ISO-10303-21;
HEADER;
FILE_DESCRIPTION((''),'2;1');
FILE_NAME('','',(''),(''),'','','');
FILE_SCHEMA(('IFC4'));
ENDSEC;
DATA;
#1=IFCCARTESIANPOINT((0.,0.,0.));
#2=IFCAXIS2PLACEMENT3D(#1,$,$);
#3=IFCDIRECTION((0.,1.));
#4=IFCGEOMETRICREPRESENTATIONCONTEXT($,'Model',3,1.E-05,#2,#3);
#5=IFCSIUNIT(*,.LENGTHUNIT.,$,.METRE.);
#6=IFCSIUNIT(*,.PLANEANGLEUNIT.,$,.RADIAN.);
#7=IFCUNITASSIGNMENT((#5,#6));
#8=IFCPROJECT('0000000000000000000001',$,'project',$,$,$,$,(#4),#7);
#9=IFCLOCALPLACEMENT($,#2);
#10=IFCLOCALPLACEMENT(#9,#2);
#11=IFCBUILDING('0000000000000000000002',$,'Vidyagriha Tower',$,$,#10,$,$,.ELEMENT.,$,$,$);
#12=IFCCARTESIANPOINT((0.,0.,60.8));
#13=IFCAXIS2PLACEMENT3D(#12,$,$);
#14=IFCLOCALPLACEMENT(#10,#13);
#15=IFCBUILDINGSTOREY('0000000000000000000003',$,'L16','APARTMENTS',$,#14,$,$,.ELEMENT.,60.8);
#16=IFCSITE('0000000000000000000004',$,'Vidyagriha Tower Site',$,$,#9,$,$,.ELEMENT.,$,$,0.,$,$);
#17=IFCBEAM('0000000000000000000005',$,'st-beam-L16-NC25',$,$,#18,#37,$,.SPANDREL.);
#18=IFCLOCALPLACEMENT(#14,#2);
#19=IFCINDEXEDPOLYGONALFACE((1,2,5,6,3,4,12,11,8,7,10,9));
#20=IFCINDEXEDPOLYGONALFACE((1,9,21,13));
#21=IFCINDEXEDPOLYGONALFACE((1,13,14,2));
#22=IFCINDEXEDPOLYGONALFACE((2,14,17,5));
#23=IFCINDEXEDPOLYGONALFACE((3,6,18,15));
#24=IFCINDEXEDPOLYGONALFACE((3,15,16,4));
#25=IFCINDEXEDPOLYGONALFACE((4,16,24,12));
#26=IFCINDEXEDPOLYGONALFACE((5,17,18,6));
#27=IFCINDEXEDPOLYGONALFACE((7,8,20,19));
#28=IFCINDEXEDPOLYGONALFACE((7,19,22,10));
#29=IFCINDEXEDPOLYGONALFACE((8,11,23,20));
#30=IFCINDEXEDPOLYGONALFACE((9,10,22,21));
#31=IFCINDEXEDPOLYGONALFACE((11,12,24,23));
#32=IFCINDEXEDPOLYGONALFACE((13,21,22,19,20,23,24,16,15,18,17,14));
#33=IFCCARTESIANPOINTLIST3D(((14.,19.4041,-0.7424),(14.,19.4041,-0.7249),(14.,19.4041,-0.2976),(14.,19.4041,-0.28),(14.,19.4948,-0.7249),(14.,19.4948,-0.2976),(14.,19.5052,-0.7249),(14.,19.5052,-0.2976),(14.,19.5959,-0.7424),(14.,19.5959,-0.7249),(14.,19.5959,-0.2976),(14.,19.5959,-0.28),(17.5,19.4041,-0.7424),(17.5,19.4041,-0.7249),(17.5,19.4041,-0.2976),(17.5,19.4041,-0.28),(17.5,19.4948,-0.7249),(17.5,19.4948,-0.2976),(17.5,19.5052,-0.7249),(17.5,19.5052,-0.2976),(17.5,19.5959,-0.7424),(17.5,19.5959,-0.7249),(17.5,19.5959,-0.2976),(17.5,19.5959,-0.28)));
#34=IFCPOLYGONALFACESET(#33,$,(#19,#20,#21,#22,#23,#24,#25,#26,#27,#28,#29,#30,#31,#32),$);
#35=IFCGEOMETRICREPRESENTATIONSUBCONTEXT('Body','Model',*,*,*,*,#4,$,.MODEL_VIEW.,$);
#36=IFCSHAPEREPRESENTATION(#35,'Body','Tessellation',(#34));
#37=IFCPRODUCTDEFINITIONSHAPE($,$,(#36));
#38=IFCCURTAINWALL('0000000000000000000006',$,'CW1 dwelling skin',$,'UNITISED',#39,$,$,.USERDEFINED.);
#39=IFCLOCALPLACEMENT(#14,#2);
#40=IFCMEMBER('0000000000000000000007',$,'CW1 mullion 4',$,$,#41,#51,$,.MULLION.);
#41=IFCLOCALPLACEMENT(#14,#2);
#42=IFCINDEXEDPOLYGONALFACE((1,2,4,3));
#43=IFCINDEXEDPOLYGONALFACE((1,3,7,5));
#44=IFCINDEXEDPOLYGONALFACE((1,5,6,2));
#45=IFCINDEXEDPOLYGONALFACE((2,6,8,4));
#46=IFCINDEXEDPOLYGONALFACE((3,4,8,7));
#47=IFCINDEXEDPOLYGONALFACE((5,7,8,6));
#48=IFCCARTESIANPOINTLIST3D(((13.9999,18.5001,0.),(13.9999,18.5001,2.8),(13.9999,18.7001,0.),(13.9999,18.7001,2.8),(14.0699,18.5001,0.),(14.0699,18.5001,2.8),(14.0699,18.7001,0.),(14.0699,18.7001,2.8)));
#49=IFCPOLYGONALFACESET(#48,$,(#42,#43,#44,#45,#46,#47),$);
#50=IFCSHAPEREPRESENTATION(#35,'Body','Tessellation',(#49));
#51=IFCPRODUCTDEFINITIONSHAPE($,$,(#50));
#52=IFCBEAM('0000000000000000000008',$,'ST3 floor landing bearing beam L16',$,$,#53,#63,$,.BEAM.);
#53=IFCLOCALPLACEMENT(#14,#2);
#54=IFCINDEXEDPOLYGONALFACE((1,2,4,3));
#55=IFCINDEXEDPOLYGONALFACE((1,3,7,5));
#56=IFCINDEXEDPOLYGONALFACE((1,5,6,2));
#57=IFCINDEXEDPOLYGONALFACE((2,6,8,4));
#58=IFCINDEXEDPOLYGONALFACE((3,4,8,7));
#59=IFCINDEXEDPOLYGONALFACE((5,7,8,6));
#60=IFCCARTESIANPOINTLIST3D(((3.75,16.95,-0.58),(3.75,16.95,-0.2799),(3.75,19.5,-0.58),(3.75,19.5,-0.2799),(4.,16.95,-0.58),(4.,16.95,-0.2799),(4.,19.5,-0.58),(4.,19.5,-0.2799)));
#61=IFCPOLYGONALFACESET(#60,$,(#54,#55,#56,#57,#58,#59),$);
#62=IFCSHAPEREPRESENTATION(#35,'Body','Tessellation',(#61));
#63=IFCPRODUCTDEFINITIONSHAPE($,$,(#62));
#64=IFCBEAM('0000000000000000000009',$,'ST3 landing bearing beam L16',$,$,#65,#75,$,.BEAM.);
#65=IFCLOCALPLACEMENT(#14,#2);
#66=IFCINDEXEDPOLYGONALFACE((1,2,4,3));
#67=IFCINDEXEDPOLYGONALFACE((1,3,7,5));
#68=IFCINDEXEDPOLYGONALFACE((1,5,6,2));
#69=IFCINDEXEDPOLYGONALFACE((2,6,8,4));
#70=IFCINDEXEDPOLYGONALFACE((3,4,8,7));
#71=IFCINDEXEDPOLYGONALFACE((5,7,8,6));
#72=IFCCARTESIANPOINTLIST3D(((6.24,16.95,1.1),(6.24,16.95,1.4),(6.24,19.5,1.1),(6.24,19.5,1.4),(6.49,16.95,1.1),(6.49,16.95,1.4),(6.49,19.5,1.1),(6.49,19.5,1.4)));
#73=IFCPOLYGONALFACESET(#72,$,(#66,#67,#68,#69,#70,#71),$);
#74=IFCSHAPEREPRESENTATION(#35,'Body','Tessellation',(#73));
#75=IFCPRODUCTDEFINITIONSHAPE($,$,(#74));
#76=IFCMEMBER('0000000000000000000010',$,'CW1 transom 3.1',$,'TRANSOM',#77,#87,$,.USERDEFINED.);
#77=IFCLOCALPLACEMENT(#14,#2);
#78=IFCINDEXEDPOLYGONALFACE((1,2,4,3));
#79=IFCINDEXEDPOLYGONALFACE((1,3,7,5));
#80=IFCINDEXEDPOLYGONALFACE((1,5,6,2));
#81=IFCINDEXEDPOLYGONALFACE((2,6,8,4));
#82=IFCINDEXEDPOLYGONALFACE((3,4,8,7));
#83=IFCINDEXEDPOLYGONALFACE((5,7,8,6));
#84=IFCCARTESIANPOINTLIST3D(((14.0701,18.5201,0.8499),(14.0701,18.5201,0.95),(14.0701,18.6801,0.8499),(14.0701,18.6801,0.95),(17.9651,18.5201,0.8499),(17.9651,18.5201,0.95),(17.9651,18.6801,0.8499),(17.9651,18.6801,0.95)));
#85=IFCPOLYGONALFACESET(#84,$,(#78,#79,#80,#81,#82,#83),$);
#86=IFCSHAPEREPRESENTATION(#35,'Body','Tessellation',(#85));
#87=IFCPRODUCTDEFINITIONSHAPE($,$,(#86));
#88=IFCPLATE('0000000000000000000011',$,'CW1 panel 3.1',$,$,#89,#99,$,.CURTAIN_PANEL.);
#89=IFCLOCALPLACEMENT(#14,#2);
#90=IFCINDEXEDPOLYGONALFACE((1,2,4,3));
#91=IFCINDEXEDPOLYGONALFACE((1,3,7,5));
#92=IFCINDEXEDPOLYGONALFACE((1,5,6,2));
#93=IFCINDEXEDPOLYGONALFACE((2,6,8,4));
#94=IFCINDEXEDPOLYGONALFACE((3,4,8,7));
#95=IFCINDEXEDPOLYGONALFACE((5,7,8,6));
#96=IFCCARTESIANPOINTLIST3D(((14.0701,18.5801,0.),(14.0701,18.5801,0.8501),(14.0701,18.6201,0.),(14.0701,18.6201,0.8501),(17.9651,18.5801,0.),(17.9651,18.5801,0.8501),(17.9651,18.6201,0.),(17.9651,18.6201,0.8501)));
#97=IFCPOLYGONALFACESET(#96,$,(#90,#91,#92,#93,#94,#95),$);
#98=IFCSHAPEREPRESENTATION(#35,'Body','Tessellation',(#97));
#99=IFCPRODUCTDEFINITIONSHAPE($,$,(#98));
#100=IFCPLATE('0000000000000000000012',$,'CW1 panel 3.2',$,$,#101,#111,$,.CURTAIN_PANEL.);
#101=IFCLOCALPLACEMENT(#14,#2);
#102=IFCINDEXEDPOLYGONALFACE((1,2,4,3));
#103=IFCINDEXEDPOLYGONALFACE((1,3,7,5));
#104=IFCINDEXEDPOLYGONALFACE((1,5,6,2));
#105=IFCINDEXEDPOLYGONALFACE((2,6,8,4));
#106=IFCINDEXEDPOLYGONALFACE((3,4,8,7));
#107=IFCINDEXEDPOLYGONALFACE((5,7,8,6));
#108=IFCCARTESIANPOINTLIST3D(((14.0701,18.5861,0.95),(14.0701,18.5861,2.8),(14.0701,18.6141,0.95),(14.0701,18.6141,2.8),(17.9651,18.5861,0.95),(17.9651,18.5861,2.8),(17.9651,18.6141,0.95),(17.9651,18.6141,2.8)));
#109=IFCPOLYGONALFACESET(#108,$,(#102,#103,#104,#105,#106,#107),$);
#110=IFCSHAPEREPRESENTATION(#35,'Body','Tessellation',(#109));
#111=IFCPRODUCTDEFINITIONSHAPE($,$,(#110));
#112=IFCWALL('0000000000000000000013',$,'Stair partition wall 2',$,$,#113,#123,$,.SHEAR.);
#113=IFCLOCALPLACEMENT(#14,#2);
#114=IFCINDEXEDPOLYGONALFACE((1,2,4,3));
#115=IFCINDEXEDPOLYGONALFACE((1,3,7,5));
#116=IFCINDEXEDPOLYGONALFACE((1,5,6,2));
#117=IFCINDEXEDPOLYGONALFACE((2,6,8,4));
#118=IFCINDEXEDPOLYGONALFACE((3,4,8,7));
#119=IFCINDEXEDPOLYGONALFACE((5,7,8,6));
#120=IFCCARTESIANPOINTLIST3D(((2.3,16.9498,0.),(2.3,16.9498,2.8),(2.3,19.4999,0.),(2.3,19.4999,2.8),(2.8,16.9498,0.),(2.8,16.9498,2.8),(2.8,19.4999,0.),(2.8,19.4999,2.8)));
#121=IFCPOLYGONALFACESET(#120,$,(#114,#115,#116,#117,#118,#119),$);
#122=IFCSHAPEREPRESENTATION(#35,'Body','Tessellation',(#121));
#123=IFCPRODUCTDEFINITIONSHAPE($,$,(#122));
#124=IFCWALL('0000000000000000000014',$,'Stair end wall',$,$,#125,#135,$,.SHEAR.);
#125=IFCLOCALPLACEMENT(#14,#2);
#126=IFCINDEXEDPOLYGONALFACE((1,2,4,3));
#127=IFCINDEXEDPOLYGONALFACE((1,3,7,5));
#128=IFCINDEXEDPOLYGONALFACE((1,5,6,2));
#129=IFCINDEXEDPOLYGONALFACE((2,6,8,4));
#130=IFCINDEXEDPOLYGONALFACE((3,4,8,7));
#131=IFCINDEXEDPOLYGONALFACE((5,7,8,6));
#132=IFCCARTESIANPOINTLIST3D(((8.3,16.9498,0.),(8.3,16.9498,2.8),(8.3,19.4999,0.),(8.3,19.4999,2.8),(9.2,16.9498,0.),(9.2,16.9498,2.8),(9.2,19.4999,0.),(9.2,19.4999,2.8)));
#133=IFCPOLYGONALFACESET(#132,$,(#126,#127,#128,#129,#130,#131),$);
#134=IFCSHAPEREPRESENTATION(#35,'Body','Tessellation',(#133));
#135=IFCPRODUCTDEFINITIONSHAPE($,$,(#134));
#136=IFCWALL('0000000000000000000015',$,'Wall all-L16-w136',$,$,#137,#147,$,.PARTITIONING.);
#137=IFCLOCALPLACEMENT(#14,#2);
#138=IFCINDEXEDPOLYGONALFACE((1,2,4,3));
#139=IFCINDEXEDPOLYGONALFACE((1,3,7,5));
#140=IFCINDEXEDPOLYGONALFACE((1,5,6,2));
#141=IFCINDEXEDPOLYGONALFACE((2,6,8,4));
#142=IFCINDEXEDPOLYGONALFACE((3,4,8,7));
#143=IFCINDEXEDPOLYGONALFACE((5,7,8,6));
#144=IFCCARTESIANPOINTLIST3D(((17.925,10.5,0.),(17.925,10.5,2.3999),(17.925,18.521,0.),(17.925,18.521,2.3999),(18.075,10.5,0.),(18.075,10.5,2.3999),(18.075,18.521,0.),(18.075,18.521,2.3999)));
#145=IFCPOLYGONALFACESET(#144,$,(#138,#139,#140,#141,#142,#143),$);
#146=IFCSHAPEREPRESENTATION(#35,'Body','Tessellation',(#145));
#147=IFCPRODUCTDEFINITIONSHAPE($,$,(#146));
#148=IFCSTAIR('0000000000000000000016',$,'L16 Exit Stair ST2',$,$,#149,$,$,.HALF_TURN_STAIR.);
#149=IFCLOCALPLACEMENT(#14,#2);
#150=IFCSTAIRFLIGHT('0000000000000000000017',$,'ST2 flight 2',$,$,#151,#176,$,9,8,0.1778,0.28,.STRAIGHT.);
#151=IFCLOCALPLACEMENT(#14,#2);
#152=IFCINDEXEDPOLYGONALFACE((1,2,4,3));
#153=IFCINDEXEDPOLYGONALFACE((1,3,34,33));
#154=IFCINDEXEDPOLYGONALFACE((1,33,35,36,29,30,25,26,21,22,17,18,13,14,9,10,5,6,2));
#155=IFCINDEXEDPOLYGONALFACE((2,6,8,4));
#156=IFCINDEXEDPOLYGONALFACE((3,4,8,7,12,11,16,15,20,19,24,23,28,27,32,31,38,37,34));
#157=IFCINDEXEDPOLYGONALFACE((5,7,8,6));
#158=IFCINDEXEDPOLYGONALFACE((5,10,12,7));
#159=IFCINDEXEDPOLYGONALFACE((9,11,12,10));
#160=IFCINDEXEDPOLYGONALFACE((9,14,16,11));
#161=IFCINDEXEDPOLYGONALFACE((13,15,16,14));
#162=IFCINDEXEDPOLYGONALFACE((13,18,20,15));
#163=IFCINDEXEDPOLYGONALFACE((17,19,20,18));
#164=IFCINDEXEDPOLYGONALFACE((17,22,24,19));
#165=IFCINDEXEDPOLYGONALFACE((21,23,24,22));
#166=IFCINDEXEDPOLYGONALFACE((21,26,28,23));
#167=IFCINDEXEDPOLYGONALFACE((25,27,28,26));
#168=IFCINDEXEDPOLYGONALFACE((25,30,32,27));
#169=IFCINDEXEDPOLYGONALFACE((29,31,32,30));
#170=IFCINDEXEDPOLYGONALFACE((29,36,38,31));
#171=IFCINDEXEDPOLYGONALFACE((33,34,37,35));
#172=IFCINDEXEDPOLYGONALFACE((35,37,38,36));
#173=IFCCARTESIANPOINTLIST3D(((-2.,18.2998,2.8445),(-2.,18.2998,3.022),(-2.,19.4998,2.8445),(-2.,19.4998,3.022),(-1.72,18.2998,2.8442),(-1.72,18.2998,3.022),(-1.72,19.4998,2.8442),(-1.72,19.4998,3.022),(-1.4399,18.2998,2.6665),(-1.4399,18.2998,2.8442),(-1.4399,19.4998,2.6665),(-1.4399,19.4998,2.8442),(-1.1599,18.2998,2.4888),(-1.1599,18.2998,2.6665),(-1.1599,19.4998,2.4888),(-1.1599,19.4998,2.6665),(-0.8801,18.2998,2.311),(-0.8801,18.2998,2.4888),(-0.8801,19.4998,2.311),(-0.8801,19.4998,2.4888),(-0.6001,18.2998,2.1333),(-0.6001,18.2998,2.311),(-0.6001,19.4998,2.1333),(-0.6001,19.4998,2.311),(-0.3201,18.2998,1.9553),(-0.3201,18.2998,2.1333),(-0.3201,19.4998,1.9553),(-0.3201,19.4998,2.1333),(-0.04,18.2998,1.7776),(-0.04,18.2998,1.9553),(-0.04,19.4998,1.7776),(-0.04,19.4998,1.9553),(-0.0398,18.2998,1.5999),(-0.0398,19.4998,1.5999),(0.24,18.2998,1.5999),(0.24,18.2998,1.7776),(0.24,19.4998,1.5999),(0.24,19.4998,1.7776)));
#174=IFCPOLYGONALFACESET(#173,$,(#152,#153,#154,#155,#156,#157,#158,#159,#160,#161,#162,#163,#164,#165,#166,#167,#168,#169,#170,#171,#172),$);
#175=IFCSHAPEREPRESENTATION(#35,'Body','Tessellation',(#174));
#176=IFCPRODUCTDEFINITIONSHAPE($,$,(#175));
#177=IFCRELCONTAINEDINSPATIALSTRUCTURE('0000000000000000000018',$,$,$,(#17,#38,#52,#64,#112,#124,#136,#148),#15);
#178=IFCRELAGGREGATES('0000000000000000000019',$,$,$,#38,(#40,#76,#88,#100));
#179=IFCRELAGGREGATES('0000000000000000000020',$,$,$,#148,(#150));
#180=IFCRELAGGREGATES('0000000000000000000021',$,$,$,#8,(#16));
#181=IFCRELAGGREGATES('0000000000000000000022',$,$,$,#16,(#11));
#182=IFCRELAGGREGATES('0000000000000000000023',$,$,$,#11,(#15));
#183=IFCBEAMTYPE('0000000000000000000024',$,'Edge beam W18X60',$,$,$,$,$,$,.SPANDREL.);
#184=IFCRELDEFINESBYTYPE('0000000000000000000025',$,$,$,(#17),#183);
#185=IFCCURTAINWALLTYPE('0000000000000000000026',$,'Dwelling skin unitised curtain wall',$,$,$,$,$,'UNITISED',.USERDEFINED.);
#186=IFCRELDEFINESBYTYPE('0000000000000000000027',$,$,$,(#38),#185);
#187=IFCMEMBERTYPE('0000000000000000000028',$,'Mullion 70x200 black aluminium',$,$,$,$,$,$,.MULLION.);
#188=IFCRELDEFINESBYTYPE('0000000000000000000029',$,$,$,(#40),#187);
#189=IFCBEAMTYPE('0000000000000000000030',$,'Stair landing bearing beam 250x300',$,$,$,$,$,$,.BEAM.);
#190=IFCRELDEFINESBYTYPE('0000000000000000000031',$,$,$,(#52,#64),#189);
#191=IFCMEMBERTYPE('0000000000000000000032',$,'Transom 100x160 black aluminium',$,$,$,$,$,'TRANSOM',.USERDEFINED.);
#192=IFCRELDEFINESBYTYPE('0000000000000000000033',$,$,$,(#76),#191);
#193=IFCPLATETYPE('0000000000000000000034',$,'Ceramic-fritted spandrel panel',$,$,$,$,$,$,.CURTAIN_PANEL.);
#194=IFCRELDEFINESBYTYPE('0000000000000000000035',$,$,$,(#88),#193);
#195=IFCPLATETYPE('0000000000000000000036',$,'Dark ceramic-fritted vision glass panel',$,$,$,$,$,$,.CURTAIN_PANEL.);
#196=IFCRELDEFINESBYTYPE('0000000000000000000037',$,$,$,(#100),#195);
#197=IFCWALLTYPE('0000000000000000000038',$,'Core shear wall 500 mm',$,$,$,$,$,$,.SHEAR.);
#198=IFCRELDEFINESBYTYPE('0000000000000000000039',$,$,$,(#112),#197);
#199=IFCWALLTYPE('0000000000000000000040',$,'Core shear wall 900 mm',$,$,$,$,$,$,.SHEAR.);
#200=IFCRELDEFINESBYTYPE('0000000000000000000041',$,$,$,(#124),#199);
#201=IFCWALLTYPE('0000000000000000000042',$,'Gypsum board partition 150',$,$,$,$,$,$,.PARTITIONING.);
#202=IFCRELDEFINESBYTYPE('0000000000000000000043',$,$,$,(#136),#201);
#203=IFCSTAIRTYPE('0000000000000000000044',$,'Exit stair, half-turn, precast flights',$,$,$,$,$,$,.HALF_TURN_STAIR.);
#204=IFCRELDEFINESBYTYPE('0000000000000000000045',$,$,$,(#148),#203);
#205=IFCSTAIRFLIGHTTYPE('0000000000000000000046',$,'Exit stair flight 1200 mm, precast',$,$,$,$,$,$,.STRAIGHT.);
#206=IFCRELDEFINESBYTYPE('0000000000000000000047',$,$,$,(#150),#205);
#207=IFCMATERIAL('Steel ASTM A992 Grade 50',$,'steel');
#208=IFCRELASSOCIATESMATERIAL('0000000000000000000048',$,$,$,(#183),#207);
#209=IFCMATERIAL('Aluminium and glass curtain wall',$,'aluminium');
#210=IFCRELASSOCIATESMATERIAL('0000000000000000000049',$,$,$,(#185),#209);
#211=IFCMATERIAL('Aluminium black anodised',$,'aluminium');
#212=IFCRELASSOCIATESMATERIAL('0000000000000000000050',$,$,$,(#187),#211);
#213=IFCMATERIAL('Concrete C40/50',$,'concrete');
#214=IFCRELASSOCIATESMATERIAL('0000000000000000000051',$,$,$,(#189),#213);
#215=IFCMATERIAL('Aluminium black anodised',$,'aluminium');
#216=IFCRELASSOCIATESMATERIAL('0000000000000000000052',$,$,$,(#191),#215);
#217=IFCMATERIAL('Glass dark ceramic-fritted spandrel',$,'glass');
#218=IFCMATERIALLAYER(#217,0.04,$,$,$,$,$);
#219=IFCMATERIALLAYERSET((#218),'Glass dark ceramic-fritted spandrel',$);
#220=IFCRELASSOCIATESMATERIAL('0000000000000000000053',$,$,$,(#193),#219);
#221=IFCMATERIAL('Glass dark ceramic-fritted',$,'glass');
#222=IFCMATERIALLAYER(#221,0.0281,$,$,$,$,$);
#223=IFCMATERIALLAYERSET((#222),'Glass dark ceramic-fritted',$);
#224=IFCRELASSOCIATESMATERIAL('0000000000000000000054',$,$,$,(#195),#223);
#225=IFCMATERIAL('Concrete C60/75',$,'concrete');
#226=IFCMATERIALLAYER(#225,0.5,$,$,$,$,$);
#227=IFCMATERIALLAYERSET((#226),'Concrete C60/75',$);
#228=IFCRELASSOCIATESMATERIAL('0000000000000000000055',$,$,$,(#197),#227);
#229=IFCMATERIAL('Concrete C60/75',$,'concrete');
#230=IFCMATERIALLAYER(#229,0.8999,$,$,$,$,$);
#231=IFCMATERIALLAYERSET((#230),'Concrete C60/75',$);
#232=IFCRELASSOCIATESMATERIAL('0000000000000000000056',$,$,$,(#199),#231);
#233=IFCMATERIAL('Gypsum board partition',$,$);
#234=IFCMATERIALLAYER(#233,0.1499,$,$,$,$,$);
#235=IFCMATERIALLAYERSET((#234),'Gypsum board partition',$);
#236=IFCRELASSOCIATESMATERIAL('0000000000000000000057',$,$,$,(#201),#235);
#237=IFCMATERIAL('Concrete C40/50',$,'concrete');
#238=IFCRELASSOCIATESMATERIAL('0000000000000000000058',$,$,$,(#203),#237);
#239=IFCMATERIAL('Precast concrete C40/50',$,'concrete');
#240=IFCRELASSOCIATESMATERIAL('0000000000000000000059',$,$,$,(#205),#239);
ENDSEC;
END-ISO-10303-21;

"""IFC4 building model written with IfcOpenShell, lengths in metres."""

from ifc_helpers import new_model, si_unit, direction, frame, frame_2d, origin, origin_2d, place, context, subcontext, project, spatial, polyline, rectangle, i_section, outline, extrude, material, layer, layer_set, material_profile, profile_set, type_object, element, aggregate, save


model = new_model("IFC4")

# Units and contexts
model_context = context("Model", 3, precision=1e-05, world=origin(), true_north=direction((0.0, 1.0)))
body_context = subcontext(model_context, "Body", "Model", "MODEL_VIEW")
ifc_project = project(units=[si_unit("LENGTHUNIT", "METRE"), si_unit("PLANEANGLEUNIT", "RADIAN")], contexts=[model_context])

# Site, building, storey
site_placement = place(None, origin())
site = spatial("IfcSite", under=ifc_project, at=site_placement, Name="Vidyagriha Tower Site", CompositionType="ELEMENT", RefElevation=0.0)
building_placement = place(site_placement, origin())
building = spatial("IfcBuilding", under=site, at=building_placement, Name="Vidyagriha Tower", CompositionType="ELEMENT")
storey_placement = place(building_placement, frame((0.0, 0.0, 60.8)))
storey = spatial("IfcBuildingStorey", under=building, at=storey_placement, Name="L16", Description="APARTMENTS", CompositionType="ELEMENT", Elevation=60.8)

# Beam
ifc_material_1 = material(Name="Steel ASTM A992 Grade 50", Category="steel")
ifc_material_profile_1 = material_profile(ifc_material_1, i_section(OverallWidth=0.1919, OverallDepth=0.4624, WebThickness=0.0105, FlangeThickness=0.0176, at=origin_2d()), Name="W18X60")
ifc_profile_set_1 = profile_set([ifc_material_profile_1], Name="Steel ASTM A992 Grade 50")
beam_type_1 = type_object("IfcBeamType", Name="Edge beam W18X60", PredefinedType="SPANDREL", material=ifc_profile_set_1)
beam_placement = place(storey_placement, frame((14.0, 19.5, -0.5112), z_axis=(1.0, 0.0, 0.0), x_axis=(0.0, 1.0, 0.0)))
element("IfcBeam", 1, at=beam_placement, inside=storey, type_object=beam_type_1, Name="st-beam-L16-NC25", PredefinedType="SPANDREL", context=body_context, shape_type="SweptSolid", body=[
    extrude(i_section(OverallWidth=0.1919, OverallDepth=0.4624, WebThickness=0.0105, FlangeThickness=0.0176, at=origin_2d()), origin(), (0.0, 0.0, 1.0), 3.5),
])

# Curtain wall, member
ifc_material_2 = material(Name="Aluminium and glass curtain wall", Category="aluminium")
curtain_wall_type = type_object("IfcCurtainWallType", Name="Dwelling skin unitised curtain wall", ElementType="UNITISED", PredefinedType="USERDEFINED", material=ifc_material_2)
curtain_wall_placement = place(storey_placement, origin())
curtain_wall = element("IfcCurtainWall", 2, at=curtain_wall_placement, inside=storey, type_object=curtain_wall_type, Name="CW1 dwelling skin", ObjectType="UNITISED", PredefinedType="USERDEFINED")
ifc_material_3 = material(Name="Aluminium black anodised", Category="aluminium")
ifc_material_profile_2 = material_profile(ifc_material_3, rectangle(XDim=0.2, YDim=0.0701, at=origin_2d()), Name="Mullion 70x200 black aluminium")
ifc_profile_set_2 = profile_set([ifc_material_profile_2], Name="Aluminium black anodised")
member_type_1 = type_object("IfcMemberType", Name="Mullion 70x200 black aluminium", PredefinedType="MULLION", material=ifc_profile_set_2)
member_1_placement = place(storey_placement, frame((14.0349, 18.6001, 0.0), z_axis=(0.0, 0.0, 1.0), x_axis=(0.0, -1.0, 0.0)))
member_1 = element("IfcMember", 3, at=member_1_placement, type_object=member_type_1, Name="CW1 mullion 4", PredefinedType="MULLION", context=body_context, shape_type="SweptSolid", body=[
    extrude(rectangle(XDim=0.2, YDim=0.0701, at=origin_2d()), origin(), (0.0, 0.0, 1.0), 2.8),
])

# Beams
ifc_material_4 = material(Name="Concrete C40/50", Category="concrete")
ifc_material_profile_3 = material_profile(ifc_material_4, rectangle(XDim=0.25, YDim=0.3, at=origin_2d()), Name="Stair landing bearing beam 250x300")
ifc_profile_set_3 = profile_set([ifc_material_profile_3], Name="Concrete C40/50")
beam_type_2 = type_object("IfcBeamType", Name="Stair landing bearing beam 250x300", PredefinedType="BEAM", material=ifc_profile_set_3)
for number, where, z_axis, x_axis, name in (
    (4, (3.875, 16.95, -0.4299), (0.0, 1.0, 0.0), (-1.0, 0.0, 0.0), "ST3 floor landing bearing beam L16"),
    (5, (6.365, 16.95, 1.25), (0.0, 1.0, 0.0), (-1.0, 0.0, 0.0), "ST3 landing bearing beam L16"),
):
    element("IfcBeam", number, at=place(storey_placement, frame(where, z_axis=z_axis, x_axis=x_axis)), inside=storey, type_object=beam_type_2, Name=name, PredefinedType="BEAM", context=body_context, shape_type="SweptSolid", body=[
        extrude(rectangle(XDim=0.25, YDim=0.3, at=origin_2d()), origin(), (0.0, 0.0, 1.0), 2.55),
    ])

# Member
ifc_material_5 = material(Name="Aluminium black anodised", Category="aluminium")
ifc_material_profile_4 = material_profile(ifc_material_5, rectangle(XDim=0.1599, YDim=0.1001, at=origin_2d()), Name="Transom 100x160 black aluminium")
ifc_profile_set_4 = profile_set([ifc_material_profile_4], Name="Aluminium black anodised")
member_type_2 = type_object("IfcMemberType", Name="Transom 100x160 black aluminium", ElementType="TRANSOM", PredefinedType="USERDEFINED", material=ifc_profile_set_4)
member_2_placement = place(storey_placement, frame((17.9651, 18.6001, 0.8999), z_axis=(-1.0, 0.0, 0.0), x_axis=(0.0, -1.0, 0.0)))
member_2 = element("IfcMember", 6, at=member_2_placement, type_object=member_type_2, Name="CW1 transom 3.1", ObjectType="TRANSOM", PredefinedType="USERDEFINED", context=body_context, shape_type="SweptSolid", body=[
    extrude(rectangle(XDim=0.1599, YDim=0.1001, at=origin_2d()), origin(), (0.0, 0.0, 1.0), 3.895),
])

# Plates
ifc_material_6 = material(Name="Glass dark ceramic-fritted spandrel", Category="glass")
ifc_layer_1 = layer(ifc_material_6, 0.04)
ifc_layer_set_1 = layer_set([ifc_layer_1], Name="Glass dark ceramic-fritted spandrel")
plate_type_1 = type_object("IfcPlateType", Name="Ceramic-fritted spandrel panel", PredefinedType="CURTAIN_PANEL", material=ifc_layer_set_1)
plate_1_placement = place(storey_placement, frame((16.0176, 18.6001, 0.0), z_axis=(0.0, 0.0, 1.0), x_axis=(-1.0, 0.0, 0.0)))
plate_1 = element("IfcPlate", 7, at=plate_1_placement, type_object=plate_type_1, Name="CW1 panel 3.1", PredefinedType="CURTAIN_PANEL", context=body_context, shape_type="SweptSolid", body=[
    extrude(rectangle(XDim=3.895, YDim=0.04, at=origin_2d()), origin(), (0.0, 0.0, 1.0), 0.8501),
])
ifc_material_7 = material(Name="Glass dark ceramic-fritted", Category="glass")
ifc_layer_2 = layer(ifc_material_7, 0.0281)
ifc_layer_set_2 = layer_set([ifc_layer_2], Name="Glass dark ceramic-fritted")
plate_type_2 = type_object("IfcPlateType", Name="Dark ceramic-fritted vision glass panel", PredefinedType="CURTAIN_PANEL", material=ifc_layer_set_2)
plate_2_placement = place(storey_placement, frame((16.0176, 18.6001, 0.95), z_axis=(0.0, 0.0, 1.0), x_axis=(-1.0, 0.0, 0.0)))
plate_2 = element("IfcPlate", 8, at=plate_2_placement, type_object=plate_type_2, Name="CW1 panel 3.2", PredefinedType="CURTAIN_PANEL", context=body_context, shape_type="SweptSolid", body=[
    extrude(rectangle(XDim=3.895, YDim=0.0281, at=origin_2d()), origin(), (0.0, 0.0, 1.0), 1.8501),
])
aggregate(curtain_wall, [member_1, member_2, plate_1, plate_2])

# Walls
ifc_material_8 = material(Name="Concrete C60/75", Category="concrete")
ifc_layer_3 = layer(ifc_material_8, 0.5)
ifc_layer_set_3 = layer_set([ifc_layer_3], Name="Concrete C60/75")
wall_type_1 = type_object("IfcWallType", Name="Core shear wall 500 mm", PredefinedType="SHEAR", material=ifc_layer_set_3)
wall_1_placement = place(storey_placement, frame((2.55, 16.95, 0.0), z_axis=(0.0, 0.0, 1.0), x_axis=(0.0, 1.0, 0.0)))
element("IfcWall", 9, at=wall_1_placement, inside=storey, type_object=wall_type_1, Name="Stair partition wall 2", PredefinedType="SHEAR", context=body_context, shape_type="SweptSolid", body=[
    extrude(rectangle(XDim=2.55, YDim=0.5, at=frame_2d((1.2749, 0.0))), origin(), (0.0, 0.0, 1.0), 2.8),
])
ifc_material_9 = material(Name="Concrete C60/75", Category="concrete")
ifc_layer_4 = layer(ifc_material_9, 0.8999)
ifc_layer_set_4 = layer_set([ifc_layer_4], Name="Concrete C60/75")
wall_type_2 = type_object("IfcWallType", Name="Core shear wall 900 mm", PredefinedType="SHEAR", material=ifc_layer_set_4)
wall_2_placement = place(storey_placement, frame((8.75, 16.95, 0.0), z_axis=(0.0, 0.0, 1.0), x_axis=(0.0, 1.0, 0.0)))
element("IfcWall", 10, at=wall_2_placement, inside=storey, type_object=wall_type_2, Name="Stair end wall", PredefinedType="SHEAR", context=body_context, shape_type="SweptSolid", body=[
    extrude(rectangle(XDim=2.55, YDim=0.8999, at=frame_2d((1.2749, 0.0))), origin(), (0.0, 0.0, 1.0), 2.8),
])
ifc_material_10 = material(Name="Gypsum board partition")
ifc_layer_5 = layer(ifc_material_10, 0.1499)
ifc_layer_set_5 = layer_set([ifc_layer_5], Name="Gypsum board partition")
wall_type_3 = type_object("IfcWallType", Name="Gypsum board partition 150", PredefinedType="PARTITIONING", material=ifc_layer_set_5)
wall_3_placement = place(storey_placement, frame((18.0, 18.521, 0.0), z_axis=(0.0, 0.0, 1.0), x_axis=(0.0, -1.0, 0.0)))
element("IfcWall", 11, at=wall_3_placement, inside=storey, type_object=wall_type_3, Name="Wall all-L16-w136", PredefinedType="PARTITIONING", context=body_context, shape_type="SweptSolid", body=[
    extrude(rectangle(XDim=8.021, YDim=0.1499, at=frame_2d((4.0105, 0.0))), origin(), (0.0, 0.0, 1.0), 2.3999),
])

# Stair, stair flight
ifc_material_11 = material(Name="Concrete C40/50", Category="concrete")
stair_type = type_object("IfcStairType", Name="Exit stair, half-turn, precast flights", PredefinedType="HALF_TURN_STAIR", material=ifc_material_11)
stair_1_placement = place(storey_placement, origin())
stair_1 = element("IfcStair", 12, at=stair_1_placement, inside=storey, type_object=stair_type, Name="L16 Exit Stair ST2", PredefinedType="HALF_TURN_STAIR")
ifc_material_12 = material(Name="Precast concrete C40/50", Category="concrete")
stair_flight_type = type_object("IfcStairFlightType", Name="Exit stair flight 1200 mm, precast", PredefinedType="STRAIGHT", material=ifc_material_12)
stair_flight_1_placement = place(storey_placement, frame((0.24, 18.8999, 1.5999), z_axis=(0.0, 0.0, 1.0), x_axis=(-1.0, 0.0, 0.0)))
stair_flight_1 = element("IfcStairFlight", 13, at=stair_flight_1_placement, type_object=stair_flight_type, Name="ST2 flight 2", NumberOfRisers=9, NumberOfTreads=8, PredefinedType="STRAIGHT", RiserHeight=0.1778, TreadLength=0.28, context=body_context, shape_type="SweptSolid", body=[
    extrude(outline(polyline([(0.0, 0.0), (0.0, 0.1777), (0.28, 0.1777), (0.28, 0.3555), (0.5601, 0.3555), (0.5601, 0.5334), (0.8401, 0.5334), (0.8401, 0.7112), (1.1201, 0.7112), (1.1201, 0.8889), (1.3999, 0.8889), (1.3999, 1.0667), (1.6799, 1.0667), (1.6799, 1.2444), (1.96, 1.2444), (1.96, 1.4221), (2.24, 1.4221), (2.24, 1.6001), (2.24, 1.2446), (0.2798, 0.0), (0.0, 0.0)])), frame((0.0, 0.6001, 0.0), z_axis=(0.0, -1.0, 0.0), x_axis=(1.0, 0.0, 0.0)), (0.0, 0.0, 1.0), 1.2),
])
aggregate(stair_1, [stair_flight_1])

save(model, "model.ifc")
